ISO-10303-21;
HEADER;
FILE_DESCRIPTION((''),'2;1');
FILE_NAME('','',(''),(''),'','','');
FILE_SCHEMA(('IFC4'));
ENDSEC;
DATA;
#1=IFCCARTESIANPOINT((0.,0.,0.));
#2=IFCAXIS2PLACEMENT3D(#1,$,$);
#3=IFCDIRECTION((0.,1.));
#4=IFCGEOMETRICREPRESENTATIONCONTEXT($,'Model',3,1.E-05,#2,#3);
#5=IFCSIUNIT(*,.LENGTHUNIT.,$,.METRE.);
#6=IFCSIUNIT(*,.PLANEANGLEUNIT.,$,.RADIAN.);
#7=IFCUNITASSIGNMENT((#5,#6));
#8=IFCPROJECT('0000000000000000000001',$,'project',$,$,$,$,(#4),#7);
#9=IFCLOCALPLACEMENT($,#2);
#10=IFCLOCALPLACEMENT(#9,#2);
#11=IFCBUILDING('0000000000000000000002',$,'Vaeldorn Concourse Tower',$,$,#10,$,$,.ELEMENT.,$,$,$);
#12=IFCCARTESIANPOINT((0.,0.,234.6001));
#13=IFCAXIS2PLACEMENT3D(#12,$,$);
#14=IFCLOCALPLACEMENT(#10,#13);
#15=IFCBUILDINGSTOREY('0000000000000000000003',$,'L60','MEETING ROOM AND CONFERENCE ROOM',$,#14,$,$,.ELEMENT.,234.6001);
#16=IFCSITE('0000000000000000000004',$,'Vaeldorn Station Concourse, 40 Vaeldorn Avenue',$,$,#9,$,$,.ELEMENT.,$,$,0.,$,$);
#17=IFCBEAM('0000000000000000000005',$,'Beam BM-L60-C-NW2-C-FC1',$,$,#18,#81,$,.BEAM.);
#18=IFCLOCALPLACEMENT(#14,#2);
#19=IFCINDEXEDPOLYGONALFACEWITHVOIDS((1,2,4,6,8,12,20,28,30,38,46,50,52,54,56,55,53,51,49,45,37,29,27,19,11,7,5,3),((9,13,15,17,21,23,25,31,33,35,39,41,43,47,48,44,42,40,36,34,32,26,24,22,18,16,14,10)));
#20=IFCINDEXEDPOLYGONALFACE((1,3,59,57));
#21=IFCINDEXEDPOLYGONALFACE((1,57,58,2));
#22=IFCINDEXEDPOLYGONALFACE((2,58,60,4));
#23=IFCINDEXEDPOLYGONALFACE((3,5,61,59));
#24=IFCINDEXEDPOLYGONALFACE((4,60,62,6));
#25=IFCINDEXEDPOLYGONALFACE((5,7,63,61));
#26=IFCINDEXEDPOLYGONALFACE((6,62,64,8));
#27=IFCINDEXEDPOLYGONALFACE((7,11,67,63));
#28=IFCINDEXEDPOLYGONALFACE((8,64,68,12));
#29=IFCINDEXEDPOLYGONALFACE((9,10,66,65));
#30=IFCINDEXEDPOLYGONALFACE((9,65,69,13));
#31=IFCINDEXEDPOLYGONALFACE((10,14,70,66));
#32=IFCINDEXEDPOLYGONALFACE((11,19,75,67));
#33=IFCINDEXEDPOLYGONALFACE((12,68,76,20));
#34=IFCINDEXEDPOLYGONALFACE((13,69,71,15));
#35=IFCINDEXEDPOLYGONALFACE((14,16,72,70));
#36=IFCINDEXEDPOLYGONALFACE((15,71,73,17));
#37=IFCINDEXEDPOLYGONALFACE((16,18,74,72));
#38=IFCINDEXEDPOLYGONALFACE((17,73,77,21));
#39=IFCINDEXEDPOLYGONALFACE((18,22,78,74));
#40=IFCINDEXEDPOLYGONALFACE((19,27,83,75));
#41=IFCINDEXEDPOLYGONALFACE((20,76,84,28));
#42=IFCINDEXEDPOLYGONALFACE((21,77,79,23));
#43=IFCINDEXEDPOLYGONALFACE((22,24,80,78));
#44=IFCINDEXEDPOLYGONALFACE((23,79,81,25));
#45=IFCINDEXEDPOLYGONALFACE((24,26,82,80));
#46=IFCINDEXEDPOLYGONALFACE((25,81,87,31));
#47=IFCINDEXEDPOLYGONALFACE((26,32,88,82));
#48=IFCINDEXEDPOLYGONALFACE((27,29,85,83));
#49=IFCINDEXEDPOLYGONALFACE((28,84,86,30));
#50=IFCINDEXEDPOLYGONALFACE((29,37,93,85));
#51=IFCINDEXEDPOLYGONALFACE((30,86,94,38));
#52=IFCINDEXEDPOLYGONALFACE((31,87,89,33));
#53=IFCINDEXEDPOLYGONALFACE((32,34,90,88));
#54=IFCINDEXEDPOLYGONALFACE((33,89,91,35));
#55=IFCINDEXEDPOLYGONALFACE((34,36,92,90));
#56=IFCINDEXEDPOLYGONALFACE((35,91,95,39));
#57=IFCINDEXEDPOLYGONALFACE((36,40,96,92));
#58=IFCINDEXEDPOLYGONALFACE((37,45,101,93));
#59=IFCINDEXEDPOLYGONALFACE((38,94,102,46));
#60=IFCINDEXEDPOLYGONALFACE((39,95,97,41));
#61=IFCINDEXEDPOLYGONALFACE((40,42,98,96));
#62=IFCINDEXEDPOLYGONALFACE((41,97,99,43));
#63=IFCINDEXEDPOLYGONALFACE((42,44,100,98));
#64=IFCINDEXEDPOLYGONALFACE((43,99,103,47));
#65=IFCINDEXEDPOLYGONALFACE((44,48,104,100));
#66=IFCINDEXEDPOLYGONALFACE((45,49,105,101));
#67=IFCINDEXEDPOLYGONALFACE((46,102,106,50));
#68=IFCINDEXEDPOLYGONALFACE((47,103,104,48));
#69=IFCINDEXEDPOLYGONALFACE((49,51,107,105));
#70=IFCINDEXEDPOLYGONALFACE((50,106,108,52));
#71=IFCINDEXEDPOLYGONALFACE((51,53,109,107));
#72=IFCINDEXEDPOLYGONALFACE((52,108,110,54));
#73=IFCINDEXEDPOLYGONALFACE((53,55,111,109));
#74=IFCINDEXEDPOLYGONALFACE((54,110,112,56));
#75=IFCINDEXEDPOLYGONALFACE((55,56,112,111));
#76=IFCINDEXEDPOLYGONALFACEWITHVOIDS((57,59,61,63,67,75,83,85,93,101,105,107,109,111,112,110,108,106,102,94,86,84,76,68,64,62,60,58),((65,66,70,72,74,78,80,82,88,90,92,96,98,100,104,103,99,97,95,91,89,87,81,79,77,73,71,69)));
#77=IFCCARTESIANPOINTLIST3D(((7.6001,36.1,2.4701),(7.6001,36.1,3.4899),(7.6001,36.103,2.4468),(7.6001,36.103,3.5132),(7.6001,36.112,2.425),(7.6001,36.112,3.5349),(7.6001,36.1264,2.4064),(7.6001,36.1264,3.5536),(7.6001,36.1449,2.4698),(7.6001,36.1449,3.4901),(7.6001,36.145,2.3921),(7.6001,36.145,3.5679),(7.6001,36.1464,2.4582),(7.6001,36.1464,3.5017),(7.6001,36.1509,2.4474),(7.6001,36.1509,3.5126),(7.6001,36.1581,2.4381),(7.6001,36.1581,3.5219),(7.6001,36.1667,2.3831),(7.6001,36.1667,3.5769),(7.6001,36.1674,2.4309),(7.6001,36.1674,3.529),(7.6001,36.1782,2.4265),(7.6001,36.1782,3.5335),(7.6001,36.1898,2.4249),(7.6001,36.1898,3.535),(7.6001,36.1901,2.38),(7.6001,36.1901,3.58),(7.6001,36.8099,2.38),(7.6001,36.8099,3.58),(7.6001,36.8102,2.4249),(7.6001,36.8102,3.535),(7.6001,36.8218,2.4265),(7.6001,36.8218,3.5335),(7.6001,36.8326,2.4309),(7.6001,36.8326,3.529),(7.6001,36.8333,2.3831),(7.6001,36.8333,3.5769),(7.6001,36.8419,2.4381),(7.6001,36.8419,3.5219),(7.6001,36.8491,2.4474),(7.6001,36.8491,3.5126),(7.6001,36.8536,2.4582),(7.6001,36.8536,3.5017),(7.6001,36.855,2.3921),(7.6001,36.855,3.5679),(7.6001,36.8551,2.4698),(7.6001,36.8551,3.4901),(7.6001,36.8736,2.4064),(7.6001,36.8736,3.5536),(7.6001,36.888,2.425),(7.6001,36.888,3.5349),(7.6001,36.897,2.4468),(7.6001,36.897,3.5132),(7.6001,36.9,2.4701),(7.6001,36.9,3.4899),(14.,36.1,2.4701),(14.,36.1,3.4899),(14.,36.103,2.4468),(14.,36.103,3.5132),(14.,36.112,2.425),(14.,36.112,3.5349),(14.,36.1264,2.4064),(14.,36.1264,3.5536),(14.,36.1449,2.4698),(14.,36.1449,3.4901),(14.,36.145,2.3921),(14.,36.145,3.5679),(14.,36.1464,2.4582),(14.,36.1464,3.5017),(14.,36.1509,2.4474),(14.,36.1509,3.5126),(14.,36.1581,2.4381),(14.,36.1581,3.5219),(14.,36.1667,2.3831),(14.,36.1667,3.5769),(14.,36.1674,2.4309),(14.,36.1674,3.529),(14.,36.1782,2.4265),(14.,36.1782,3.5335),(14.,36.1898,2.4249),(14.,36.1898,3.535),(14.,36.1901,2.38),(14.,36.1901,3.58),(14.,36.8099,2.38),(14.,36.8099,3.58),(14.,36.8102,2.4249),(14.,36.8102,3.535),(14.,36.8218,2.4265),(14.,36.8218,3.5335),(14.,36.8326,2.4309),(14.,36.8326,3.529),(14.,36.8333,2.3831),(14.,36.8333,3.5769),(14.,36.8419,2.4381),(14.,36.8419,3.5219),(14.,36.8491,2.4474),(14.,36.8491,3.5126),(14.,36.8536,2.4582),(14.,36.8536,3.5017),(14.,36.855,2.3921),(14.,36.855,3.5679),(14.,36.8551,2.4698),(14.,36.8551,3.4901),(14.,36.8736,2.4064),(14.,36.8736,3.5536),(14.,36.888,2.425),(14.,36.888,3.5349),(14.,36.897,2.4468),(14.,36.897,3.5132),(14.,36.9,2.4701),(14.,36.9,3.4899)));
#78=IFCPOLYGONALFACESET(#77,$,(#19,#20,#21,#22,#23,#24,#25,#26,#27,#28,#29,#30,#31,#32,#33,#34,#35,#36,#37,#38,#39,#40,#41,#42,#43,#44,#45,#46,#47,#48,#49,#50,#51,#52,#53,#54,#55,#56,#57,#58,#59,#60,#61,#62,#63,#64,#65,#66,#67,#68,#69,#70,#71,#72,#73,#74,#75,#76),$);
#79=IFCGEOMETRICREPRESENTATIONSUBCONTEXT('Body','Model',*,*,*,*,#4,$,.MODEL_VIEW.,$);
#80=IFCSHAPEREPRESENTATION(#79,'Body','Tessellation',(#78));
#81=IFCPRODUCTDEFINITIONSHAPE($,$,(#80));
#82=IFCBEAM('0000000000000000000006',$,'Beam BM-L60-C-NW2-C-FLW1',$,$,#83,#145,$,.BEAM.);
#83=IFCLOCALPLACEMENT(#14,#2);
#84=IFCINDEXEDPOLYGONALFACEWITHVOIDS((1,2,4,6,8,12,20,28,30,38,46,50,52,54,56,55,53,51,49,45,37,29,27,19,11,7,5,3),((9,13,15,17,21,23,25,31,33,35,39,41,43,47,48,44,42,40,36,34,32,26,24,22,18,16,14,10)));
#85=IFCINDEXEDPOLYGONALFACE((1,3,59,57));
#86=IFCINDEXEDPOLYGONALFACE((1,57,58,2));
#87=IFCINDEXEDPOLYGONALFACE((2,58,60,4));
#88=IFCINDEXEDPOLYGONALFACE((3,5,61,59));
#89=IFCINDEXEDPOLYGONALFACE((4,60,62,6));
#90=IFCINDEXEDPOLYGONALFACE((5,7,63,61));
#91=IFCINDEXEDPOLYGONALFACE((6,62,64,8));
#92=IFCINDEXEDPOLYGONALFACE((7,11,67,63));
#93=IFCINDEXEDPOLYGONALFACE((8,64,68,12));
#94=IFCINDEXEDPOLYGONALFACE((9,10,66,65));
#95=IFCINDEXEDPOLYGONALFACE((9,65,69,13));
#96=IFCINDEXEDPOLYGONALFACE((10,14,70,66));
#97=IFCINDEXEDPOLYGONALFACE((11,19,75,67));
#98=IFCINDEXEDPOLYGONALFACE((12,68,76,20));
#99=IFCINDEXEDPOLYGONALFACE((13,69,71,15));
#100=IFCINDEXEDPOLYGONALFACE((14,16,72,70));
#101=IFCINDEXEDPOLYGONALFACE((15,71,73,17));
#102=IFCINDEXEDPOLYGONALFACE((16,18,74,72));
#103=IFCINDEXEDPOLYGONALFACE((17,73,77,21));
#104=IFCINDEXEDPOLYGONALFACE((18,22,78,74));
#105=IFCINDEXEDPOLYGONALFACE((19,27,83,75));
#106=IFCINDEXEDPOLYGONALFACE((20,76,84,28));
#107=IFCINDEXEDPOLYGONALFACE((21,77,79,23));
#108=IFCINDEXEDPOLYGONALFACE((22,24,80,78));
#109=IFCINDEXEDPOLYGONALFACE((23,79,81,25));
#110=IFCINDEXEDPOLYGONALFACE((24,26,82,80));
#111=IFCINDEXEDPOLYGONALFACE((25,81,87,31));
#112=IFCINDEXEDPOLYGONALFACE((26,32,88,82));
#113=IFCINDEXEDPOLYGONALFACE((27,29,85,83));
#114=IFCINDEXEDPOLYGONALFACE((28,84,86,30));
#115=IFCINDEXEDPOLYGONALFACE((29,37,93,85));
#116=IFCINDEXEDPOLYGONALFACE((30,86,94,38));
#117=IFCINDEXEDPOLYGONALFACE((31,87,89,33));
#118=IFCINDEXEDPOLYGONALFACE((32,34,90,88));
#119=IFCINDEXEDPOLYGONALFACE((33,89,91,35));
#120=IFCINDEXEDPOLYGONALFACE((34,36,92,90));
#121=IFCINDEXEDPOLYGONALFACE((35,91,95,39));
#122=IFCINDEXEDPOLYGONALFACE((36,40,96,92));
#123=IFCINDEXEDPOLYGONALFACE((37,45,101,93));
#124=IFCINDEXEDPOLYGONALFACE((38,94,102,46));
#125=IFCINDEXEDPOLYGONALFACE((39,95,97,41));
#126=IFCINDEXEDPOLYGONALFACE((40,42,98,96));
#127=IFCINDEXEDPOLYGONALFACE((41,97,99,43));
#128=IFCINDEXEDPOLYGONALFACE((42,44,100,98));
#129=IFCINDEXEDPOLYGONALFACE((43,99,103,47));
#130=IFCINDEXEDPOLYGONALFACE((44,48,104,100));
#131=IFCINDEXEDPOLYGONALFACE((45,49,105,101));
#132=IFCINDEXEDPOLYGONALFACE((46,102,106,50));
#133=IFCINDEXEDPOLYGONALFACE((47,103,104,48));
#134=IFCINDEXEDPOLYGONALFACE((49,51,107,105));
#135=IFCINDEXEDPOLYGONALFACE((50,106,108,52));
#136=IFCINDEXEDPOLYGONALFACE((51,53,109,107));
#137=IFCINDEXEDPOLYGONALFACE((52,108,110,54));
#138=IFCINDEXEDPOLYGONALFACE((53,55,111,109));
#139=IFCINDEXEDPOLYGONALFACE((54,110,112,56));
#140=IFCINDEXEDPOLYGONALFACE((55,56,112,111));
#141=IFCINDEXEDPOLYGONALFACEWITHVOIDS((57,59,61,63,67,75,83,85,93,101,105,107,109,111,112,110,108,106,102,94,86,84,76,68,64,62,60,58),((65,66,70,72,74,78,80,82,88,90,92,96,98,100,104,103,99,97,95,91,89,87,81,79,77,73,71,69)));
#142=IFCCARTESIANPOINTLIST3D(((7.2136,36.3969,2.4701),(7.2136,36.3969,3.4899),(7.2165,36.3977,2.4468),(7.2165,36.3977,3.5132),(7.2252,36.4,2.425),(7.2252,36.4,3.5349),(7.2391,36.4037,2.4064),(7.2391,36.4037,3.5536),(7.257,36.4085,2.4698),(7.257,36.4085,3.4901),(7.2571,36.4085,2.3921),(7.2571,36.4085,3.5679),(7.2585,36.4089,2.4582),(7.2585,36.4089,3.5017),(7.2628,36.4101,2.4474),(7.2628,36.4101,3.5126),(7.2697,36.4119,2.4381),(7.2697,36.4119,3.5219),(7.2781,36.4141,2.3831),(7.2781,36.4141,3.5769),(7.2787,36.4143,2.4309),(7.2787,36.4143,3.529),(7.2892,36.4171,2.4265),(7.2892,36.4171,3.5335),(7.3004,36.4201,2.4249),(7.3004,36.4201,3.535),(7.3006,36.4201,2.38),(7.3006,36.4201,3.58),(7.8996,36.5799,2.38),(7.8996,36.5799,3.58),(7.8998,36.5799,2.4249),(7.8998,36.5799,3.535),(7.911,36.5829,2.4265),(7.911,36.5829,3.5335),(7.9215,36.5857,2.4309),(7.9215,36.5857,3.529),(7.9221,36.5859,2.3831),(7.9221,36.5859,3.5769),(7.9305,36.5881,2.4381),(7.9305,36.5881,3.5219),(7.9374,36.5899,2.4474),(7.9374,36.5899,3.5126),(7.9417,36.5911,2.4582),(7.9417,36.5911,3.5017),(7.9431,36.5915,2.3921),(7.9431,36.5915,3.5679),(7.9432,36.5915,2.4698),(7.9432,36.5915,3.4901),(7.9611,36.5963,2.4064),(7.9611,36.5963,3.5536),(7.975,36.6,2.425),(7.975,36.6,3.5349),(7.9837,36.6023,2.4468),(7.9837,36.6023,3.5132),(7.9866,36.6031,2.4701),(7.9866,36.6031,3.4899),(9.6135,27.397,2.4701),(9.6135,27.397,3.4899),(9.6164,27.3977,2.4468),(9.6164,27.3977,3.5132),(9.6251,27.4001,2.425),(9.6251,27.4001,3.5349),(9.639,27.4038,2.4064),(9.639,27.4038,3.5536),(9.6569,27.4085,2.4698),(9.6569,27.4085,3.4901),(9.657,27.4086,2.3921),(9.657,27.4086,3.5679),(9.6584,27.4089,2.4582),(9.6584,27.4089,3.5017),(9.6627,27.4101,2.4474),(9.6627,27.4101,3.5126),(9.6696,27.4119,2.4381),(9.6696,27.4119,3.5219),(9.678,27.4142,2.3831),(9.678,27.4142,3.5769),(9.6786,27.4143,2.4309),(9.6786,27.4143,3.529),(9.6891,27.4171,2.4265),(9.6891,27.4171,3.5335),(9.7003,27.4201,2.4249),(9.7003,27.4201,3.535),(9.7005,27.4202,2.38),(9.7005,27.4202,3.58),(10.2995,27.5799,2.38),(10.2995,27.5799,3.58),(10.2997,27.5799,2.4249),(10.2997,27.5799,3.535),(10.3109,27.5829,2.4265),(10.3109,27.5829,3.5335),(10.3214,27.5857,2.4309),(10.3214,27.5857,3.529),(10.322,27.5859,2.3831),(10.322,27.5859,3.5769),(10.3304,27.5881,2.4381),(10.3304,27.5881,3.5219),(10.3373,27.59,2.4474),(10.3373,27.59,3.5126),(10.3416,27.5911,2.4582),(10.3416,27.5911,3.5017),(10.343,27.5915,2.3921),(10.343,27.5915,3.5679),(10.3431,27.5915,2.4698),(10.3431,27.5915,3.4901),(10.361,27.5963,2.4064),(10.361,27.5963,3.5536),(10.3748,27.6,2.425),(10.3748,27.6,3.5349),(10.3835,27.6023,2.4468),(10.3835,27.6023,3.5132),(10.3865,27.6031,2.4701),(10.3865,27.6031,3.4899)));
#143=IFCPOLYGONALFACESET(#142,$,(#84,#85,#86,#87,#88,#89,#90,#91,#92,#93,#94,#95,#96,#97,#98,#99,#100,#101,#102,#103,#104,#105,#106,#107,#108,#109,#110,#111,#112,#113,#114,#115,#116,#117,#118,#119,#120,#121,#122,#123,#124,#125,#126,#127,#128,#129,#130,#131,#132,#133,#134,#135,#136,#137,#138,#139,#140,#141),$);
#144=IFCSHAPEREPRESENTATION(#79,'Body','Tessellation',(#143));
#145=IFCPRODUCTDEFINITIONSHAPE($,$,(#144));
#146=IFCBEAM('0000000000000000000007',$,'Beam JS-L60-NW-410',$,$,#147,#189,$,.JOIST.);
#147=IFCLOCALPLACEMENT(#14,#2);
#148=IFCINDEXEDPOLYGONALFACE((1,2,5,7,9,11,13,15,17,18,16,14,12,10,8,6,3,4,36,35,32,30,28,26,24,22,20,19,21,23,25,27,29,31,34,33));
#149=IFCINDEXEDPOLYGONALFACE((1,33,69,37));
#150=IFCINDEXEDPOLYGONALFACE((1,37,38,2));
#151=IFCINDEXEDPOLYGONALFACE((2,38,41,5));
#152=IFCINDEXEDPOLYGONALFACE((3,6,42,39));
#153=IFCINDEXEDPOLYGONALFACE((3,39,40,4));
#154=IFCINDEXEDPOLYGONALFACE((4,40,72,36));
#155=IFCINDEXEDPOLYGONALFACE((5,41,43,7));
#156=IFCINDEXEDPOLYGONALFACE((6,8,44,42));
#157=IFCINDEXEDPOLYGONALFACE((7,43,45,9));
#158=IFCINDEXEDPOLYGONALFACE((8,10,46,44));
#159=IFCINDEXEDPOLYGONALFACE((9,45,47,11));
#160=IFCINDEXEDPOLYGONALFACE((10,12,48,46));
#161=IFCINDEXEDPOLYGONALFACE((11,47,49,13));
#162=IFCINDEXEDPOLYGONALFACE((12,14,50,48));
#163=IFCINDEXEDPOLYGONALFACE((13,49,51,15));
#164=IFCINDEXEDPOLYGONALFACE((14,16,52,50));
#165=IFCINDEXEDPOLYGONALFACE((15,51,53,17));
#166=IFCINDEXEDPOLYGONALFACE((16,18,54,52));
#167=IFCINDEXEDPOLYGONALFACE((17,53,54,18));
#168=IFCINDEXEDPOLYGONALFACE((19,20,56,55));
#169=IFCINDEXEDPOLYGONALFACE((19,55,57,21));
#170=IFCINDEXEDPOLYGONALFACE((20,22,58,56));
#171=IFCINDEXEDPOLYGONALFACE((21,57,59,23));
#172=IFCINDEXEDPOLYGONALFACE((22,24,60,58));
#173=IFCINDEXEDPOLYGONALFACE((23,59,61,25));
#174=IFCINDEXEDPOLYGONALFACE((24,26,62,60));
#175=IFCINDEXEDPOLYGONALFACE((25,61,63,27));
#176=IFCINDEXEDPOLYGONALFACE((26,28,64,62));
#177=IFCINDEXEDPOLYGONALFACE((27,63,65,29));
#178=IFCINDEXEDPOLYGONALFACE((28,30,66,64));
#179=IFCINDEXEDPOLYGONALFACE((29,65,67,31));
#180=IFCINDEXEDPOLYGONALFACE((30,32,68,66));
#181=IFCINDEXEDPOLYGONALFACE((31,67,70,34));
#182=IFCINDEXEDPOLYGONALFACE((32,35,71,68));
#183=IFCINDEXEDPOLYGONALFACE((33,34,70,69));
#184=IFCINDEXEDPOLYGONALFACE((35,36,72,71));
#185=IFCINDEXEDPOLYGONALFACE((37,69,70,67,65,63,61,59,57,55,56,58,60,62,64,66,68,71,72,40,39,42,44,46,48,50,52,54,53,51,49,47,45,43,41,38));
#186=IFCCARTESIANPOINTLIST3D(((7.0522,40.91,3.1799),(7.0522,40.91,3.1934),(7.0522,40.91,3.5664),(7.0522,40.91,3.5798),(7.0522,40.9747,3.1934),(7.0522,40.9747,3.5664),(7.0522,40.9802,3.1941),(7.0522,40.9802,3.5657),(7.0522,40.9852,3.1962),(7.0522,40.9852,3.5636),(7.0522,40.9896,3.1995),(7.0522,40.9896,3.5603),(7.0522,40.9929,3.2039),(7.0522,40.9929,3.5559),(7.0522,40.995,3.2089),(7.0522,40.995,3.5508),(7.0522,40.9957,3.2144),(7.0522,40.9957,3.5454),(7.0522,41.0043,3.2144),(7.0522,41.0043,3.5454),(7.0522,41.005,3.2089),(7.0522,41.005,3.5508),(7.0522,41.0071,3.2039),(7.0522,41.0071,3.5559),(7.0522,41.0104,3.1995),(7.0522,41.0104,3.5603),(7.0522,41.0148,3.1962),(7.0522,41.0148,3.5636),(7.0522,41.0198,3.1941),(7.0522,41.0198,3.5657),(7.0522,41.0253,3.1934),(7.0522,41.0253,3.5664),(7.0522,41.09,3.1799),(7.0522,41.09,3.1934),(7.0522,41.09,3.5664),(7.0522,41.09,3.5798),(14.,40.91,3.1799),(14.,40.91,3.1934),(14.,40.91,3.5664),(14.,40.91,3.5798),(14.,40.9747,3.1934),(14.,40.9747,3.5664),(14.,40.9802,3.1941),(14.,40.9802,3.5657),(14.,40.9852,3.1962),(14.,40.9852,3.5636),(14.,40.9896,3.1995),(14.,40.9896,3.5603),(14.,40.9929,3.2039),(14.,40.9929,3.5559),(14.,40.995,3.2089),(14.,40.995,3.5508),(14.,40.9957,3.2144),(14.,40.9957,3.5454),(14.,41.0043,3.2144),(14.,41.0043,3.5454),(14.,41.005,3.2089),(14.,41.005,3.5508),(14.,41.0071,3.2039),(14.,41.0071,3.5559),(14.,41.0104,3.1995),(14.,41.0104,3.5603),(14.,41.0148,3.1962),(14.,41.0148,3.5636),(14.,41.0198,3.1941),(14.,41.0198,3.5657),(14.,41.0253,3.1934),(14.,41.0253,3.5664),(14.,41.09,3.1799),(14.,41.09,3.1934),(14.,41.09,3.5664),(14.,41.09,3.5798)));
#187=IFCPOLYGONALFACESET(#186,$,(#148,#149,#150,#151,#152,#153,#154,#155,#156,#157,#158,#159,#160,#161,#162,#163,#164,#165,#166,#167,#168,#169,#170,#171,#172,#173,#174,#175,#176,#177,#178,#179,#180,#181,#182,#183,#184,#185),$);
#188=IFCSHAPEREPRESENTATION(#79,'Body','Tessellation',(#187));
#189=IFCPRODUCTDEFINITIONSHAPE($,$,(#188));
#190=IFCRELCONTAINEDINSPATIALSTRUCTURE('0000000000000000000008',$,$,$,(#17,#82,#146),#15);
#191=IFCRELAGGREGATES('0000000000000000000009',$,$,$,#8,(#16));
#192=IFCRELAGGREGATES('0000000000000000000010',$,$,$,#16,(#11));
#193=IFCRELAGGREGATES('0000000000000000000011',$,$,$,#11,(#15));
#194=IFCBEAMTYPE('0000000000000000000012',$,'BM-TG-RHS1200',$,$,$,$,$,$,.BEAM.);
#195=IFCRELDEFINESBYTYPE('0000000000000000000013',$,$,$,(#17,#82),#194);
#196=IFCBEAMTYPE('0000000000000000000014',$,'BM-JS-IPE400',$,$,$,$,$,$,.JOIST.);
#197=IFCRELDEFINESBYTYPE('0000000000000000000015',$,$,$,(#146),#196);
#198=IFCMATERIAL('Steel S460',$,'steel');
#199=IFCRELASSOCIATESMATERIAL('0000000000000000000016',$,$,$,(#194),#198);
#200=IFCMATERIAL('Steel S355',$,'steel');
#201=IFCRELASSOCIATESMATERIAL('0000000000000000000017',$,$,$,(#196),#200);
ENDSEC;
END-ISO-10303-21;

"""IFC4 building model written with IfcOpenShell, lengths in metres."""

from ifc_helpers import new_model, si_unit, direction, frame, origin, origin_2d, place, context, subcontext, project, spatial, hollow_rectangle, i_section, extrude, source, transform, mapped, material, material_profile, profile_set, type_object, element, save


model = new_model("IFC4")

# Units and contexts
model_context = context("Model", 3, precision=1e-05, world=origin(), true_north=direction((0.0, 1.0)))
body_context = subcontext(model_context, "Body", "Model", "MODEL_VIEW")
ifc_project = project(units=[si_unit("LENGTHUNIT", "METRE"), si_unit("PLANEANGLEUNIT", "RADIAN")], contexts=[model_context])

# Site, building, storey
site_placement = place(None, origin())
site = spatial("IfcSite", under=ifc_project, at=site_placement, Name="Vaeldorn Station Concourse, 40 Vaeldorn Avenue", CompositionType="ELEMENT", RefElevation=0.0)
building_placement = place(site_placement, origin())
building = spatial("IfcBuilding", under=site, at=building_placement, Name="Vaeldorn Concourse Tower", CompositionType="ELEMENT")
storey_placement = place(building_placement, frame((0.0, 0.0, 234.6001)))
storey = spatial("IfcBuildingStorey", under=building, at=storey_placement, Name="L60", Description="MEETING ROOM AND CONFERENCE ROOM", CompositionType="ELEMENT", Elevation=234.6001)

# Shared definitions
ifc_material_1 = material(Name="Steel S355", Category="steel")

# Beams
ifc_material_2 = material(Name="Steel S460", Category="steel")
ifc_material_profile_1 = material_profile(ifc_material_2, hollow_rectangle(XDim=0.8, YDim=1.2, WallThickness=0.0449, InnerFilletRadius=0.0449, OuterFilletRadius=0.0901, at=origin_2d()), Name="RHS 1200x800x45")
ifc_profile_set_1 = profile_set([ifc_material_profile_1], Name="Steel S460")
beam_type_1 = type_object("IfcBeamType", Name="BM-TG-RHS1200", PredefinedType="BEAM", material=ifc_profile_set_1)
shared_shape_1 = source(origin(), body_context, "Body", "SweptSolid", [
    extrude(hollow_rectangle(XDim=0.8, YDim=1.2, WallThickness=0.0449, InnerFilletRadius=0.0449, OuterFilletRadius=0.0901, at=origin_2d()), origin(), (0.0, 0.0, 1.0), 6.3999),
])
beam_1_placement = place(storey_placement, frame((7.6001, 36.5, 2.98), z_axis=(1.0, 0.0, 0.0), x_axis=(0.0, 1.0, 0.0)))
element("IfcBeam", 1, at=beam_1_placement, inside=storey, type_object=beam_type_1, Name="Beam BM-L60-C-NW2-C-FC1", PredefinedType="BEAM", context=body_context, shape_type="MappedRepresentation", body=[
    mapped(shared_shape_1, transform((0.0, 0.0, 0.0), scale=1.0)),
])
shared_shape_2 = source(origin(), body_context, "Body", "SweptSolid", [
    extrude(hollow_rectangle(XDim=0.8, YDim=1.2, WallThickness=0.0449, InnerFilletRadius=0.0449, OuterFilletRadius=0.0901, at=origin_2d()), origin(), (0.0, 0.0, 1.0), 9.3145),
])
beam_2_placement = place(storey_placement, frame((7.6001, 36.5, 2.98), z_axis=(0.257653, -0.966238, 0.0), x_axis=(0.966238, 0.257653, 0.0)))
element("IfcBeam", 2, at=beam_2_placement, inside=storey, type_object=beam_type_1, Name="Beam BM-L60-C-NW2-C-FLW1", PredefinedType="BEAM", context=body_context, shape_type="MappedRepresentation", body=[
    mapped(shared_shape_2, transform((0.0, 0.0, 0.0), scale=1.0)),
])
ifc_material_profile_2 = material_profile(ifc_material_1, i_section(OverallWidth=0.1799, OverallDepth=0.3999, WebThickness=0.0085, FlangeThickness=0.0134, FilletRadius=0.021, at=origin_2d()), Name="IPE 400")
ifc_profile_set_2 = profile_set([ifc_material_profile_2], Name="Steel S355")
beam_type_2 = type_object("IfcBeamType", Name="BM-JS-IPE400", PredefinedType="JOIST", material=ifc_profile_set_2)
shared_shape_3 = source(origin(), body_context, "Body", "SweptSolid", [
    extrude(i_section(OverallWidth=0.1799, OverallDepth=0.3999, WebThickness=0.0085, FlangeThickness=0.0134, FilletRadius=0.021, at=origin_2d()), origin(), (0.0, 0.0, 1.0), 6.9478),
])
beam_3_placement = place(storey_placement, frame((7.0522, 41.0, 3.3799), z_axis=(1.0, 0.0, 0.0), x_axis=(0.0, 1.0, 0.0)))
element("IfcBeam", 3, at=beam_3_placement, inside=storey, type_object=beam_type_2, Name="Beam JS-L60-NW-410", PredefinedType="JOIST", context=body_context, shape_type="MappedRepresentation", body=[
    mapped(shared_shape_3, transform((0.0, 0.0, 0.0), scale=1.0)),
])

save(model, "model.ifc")
